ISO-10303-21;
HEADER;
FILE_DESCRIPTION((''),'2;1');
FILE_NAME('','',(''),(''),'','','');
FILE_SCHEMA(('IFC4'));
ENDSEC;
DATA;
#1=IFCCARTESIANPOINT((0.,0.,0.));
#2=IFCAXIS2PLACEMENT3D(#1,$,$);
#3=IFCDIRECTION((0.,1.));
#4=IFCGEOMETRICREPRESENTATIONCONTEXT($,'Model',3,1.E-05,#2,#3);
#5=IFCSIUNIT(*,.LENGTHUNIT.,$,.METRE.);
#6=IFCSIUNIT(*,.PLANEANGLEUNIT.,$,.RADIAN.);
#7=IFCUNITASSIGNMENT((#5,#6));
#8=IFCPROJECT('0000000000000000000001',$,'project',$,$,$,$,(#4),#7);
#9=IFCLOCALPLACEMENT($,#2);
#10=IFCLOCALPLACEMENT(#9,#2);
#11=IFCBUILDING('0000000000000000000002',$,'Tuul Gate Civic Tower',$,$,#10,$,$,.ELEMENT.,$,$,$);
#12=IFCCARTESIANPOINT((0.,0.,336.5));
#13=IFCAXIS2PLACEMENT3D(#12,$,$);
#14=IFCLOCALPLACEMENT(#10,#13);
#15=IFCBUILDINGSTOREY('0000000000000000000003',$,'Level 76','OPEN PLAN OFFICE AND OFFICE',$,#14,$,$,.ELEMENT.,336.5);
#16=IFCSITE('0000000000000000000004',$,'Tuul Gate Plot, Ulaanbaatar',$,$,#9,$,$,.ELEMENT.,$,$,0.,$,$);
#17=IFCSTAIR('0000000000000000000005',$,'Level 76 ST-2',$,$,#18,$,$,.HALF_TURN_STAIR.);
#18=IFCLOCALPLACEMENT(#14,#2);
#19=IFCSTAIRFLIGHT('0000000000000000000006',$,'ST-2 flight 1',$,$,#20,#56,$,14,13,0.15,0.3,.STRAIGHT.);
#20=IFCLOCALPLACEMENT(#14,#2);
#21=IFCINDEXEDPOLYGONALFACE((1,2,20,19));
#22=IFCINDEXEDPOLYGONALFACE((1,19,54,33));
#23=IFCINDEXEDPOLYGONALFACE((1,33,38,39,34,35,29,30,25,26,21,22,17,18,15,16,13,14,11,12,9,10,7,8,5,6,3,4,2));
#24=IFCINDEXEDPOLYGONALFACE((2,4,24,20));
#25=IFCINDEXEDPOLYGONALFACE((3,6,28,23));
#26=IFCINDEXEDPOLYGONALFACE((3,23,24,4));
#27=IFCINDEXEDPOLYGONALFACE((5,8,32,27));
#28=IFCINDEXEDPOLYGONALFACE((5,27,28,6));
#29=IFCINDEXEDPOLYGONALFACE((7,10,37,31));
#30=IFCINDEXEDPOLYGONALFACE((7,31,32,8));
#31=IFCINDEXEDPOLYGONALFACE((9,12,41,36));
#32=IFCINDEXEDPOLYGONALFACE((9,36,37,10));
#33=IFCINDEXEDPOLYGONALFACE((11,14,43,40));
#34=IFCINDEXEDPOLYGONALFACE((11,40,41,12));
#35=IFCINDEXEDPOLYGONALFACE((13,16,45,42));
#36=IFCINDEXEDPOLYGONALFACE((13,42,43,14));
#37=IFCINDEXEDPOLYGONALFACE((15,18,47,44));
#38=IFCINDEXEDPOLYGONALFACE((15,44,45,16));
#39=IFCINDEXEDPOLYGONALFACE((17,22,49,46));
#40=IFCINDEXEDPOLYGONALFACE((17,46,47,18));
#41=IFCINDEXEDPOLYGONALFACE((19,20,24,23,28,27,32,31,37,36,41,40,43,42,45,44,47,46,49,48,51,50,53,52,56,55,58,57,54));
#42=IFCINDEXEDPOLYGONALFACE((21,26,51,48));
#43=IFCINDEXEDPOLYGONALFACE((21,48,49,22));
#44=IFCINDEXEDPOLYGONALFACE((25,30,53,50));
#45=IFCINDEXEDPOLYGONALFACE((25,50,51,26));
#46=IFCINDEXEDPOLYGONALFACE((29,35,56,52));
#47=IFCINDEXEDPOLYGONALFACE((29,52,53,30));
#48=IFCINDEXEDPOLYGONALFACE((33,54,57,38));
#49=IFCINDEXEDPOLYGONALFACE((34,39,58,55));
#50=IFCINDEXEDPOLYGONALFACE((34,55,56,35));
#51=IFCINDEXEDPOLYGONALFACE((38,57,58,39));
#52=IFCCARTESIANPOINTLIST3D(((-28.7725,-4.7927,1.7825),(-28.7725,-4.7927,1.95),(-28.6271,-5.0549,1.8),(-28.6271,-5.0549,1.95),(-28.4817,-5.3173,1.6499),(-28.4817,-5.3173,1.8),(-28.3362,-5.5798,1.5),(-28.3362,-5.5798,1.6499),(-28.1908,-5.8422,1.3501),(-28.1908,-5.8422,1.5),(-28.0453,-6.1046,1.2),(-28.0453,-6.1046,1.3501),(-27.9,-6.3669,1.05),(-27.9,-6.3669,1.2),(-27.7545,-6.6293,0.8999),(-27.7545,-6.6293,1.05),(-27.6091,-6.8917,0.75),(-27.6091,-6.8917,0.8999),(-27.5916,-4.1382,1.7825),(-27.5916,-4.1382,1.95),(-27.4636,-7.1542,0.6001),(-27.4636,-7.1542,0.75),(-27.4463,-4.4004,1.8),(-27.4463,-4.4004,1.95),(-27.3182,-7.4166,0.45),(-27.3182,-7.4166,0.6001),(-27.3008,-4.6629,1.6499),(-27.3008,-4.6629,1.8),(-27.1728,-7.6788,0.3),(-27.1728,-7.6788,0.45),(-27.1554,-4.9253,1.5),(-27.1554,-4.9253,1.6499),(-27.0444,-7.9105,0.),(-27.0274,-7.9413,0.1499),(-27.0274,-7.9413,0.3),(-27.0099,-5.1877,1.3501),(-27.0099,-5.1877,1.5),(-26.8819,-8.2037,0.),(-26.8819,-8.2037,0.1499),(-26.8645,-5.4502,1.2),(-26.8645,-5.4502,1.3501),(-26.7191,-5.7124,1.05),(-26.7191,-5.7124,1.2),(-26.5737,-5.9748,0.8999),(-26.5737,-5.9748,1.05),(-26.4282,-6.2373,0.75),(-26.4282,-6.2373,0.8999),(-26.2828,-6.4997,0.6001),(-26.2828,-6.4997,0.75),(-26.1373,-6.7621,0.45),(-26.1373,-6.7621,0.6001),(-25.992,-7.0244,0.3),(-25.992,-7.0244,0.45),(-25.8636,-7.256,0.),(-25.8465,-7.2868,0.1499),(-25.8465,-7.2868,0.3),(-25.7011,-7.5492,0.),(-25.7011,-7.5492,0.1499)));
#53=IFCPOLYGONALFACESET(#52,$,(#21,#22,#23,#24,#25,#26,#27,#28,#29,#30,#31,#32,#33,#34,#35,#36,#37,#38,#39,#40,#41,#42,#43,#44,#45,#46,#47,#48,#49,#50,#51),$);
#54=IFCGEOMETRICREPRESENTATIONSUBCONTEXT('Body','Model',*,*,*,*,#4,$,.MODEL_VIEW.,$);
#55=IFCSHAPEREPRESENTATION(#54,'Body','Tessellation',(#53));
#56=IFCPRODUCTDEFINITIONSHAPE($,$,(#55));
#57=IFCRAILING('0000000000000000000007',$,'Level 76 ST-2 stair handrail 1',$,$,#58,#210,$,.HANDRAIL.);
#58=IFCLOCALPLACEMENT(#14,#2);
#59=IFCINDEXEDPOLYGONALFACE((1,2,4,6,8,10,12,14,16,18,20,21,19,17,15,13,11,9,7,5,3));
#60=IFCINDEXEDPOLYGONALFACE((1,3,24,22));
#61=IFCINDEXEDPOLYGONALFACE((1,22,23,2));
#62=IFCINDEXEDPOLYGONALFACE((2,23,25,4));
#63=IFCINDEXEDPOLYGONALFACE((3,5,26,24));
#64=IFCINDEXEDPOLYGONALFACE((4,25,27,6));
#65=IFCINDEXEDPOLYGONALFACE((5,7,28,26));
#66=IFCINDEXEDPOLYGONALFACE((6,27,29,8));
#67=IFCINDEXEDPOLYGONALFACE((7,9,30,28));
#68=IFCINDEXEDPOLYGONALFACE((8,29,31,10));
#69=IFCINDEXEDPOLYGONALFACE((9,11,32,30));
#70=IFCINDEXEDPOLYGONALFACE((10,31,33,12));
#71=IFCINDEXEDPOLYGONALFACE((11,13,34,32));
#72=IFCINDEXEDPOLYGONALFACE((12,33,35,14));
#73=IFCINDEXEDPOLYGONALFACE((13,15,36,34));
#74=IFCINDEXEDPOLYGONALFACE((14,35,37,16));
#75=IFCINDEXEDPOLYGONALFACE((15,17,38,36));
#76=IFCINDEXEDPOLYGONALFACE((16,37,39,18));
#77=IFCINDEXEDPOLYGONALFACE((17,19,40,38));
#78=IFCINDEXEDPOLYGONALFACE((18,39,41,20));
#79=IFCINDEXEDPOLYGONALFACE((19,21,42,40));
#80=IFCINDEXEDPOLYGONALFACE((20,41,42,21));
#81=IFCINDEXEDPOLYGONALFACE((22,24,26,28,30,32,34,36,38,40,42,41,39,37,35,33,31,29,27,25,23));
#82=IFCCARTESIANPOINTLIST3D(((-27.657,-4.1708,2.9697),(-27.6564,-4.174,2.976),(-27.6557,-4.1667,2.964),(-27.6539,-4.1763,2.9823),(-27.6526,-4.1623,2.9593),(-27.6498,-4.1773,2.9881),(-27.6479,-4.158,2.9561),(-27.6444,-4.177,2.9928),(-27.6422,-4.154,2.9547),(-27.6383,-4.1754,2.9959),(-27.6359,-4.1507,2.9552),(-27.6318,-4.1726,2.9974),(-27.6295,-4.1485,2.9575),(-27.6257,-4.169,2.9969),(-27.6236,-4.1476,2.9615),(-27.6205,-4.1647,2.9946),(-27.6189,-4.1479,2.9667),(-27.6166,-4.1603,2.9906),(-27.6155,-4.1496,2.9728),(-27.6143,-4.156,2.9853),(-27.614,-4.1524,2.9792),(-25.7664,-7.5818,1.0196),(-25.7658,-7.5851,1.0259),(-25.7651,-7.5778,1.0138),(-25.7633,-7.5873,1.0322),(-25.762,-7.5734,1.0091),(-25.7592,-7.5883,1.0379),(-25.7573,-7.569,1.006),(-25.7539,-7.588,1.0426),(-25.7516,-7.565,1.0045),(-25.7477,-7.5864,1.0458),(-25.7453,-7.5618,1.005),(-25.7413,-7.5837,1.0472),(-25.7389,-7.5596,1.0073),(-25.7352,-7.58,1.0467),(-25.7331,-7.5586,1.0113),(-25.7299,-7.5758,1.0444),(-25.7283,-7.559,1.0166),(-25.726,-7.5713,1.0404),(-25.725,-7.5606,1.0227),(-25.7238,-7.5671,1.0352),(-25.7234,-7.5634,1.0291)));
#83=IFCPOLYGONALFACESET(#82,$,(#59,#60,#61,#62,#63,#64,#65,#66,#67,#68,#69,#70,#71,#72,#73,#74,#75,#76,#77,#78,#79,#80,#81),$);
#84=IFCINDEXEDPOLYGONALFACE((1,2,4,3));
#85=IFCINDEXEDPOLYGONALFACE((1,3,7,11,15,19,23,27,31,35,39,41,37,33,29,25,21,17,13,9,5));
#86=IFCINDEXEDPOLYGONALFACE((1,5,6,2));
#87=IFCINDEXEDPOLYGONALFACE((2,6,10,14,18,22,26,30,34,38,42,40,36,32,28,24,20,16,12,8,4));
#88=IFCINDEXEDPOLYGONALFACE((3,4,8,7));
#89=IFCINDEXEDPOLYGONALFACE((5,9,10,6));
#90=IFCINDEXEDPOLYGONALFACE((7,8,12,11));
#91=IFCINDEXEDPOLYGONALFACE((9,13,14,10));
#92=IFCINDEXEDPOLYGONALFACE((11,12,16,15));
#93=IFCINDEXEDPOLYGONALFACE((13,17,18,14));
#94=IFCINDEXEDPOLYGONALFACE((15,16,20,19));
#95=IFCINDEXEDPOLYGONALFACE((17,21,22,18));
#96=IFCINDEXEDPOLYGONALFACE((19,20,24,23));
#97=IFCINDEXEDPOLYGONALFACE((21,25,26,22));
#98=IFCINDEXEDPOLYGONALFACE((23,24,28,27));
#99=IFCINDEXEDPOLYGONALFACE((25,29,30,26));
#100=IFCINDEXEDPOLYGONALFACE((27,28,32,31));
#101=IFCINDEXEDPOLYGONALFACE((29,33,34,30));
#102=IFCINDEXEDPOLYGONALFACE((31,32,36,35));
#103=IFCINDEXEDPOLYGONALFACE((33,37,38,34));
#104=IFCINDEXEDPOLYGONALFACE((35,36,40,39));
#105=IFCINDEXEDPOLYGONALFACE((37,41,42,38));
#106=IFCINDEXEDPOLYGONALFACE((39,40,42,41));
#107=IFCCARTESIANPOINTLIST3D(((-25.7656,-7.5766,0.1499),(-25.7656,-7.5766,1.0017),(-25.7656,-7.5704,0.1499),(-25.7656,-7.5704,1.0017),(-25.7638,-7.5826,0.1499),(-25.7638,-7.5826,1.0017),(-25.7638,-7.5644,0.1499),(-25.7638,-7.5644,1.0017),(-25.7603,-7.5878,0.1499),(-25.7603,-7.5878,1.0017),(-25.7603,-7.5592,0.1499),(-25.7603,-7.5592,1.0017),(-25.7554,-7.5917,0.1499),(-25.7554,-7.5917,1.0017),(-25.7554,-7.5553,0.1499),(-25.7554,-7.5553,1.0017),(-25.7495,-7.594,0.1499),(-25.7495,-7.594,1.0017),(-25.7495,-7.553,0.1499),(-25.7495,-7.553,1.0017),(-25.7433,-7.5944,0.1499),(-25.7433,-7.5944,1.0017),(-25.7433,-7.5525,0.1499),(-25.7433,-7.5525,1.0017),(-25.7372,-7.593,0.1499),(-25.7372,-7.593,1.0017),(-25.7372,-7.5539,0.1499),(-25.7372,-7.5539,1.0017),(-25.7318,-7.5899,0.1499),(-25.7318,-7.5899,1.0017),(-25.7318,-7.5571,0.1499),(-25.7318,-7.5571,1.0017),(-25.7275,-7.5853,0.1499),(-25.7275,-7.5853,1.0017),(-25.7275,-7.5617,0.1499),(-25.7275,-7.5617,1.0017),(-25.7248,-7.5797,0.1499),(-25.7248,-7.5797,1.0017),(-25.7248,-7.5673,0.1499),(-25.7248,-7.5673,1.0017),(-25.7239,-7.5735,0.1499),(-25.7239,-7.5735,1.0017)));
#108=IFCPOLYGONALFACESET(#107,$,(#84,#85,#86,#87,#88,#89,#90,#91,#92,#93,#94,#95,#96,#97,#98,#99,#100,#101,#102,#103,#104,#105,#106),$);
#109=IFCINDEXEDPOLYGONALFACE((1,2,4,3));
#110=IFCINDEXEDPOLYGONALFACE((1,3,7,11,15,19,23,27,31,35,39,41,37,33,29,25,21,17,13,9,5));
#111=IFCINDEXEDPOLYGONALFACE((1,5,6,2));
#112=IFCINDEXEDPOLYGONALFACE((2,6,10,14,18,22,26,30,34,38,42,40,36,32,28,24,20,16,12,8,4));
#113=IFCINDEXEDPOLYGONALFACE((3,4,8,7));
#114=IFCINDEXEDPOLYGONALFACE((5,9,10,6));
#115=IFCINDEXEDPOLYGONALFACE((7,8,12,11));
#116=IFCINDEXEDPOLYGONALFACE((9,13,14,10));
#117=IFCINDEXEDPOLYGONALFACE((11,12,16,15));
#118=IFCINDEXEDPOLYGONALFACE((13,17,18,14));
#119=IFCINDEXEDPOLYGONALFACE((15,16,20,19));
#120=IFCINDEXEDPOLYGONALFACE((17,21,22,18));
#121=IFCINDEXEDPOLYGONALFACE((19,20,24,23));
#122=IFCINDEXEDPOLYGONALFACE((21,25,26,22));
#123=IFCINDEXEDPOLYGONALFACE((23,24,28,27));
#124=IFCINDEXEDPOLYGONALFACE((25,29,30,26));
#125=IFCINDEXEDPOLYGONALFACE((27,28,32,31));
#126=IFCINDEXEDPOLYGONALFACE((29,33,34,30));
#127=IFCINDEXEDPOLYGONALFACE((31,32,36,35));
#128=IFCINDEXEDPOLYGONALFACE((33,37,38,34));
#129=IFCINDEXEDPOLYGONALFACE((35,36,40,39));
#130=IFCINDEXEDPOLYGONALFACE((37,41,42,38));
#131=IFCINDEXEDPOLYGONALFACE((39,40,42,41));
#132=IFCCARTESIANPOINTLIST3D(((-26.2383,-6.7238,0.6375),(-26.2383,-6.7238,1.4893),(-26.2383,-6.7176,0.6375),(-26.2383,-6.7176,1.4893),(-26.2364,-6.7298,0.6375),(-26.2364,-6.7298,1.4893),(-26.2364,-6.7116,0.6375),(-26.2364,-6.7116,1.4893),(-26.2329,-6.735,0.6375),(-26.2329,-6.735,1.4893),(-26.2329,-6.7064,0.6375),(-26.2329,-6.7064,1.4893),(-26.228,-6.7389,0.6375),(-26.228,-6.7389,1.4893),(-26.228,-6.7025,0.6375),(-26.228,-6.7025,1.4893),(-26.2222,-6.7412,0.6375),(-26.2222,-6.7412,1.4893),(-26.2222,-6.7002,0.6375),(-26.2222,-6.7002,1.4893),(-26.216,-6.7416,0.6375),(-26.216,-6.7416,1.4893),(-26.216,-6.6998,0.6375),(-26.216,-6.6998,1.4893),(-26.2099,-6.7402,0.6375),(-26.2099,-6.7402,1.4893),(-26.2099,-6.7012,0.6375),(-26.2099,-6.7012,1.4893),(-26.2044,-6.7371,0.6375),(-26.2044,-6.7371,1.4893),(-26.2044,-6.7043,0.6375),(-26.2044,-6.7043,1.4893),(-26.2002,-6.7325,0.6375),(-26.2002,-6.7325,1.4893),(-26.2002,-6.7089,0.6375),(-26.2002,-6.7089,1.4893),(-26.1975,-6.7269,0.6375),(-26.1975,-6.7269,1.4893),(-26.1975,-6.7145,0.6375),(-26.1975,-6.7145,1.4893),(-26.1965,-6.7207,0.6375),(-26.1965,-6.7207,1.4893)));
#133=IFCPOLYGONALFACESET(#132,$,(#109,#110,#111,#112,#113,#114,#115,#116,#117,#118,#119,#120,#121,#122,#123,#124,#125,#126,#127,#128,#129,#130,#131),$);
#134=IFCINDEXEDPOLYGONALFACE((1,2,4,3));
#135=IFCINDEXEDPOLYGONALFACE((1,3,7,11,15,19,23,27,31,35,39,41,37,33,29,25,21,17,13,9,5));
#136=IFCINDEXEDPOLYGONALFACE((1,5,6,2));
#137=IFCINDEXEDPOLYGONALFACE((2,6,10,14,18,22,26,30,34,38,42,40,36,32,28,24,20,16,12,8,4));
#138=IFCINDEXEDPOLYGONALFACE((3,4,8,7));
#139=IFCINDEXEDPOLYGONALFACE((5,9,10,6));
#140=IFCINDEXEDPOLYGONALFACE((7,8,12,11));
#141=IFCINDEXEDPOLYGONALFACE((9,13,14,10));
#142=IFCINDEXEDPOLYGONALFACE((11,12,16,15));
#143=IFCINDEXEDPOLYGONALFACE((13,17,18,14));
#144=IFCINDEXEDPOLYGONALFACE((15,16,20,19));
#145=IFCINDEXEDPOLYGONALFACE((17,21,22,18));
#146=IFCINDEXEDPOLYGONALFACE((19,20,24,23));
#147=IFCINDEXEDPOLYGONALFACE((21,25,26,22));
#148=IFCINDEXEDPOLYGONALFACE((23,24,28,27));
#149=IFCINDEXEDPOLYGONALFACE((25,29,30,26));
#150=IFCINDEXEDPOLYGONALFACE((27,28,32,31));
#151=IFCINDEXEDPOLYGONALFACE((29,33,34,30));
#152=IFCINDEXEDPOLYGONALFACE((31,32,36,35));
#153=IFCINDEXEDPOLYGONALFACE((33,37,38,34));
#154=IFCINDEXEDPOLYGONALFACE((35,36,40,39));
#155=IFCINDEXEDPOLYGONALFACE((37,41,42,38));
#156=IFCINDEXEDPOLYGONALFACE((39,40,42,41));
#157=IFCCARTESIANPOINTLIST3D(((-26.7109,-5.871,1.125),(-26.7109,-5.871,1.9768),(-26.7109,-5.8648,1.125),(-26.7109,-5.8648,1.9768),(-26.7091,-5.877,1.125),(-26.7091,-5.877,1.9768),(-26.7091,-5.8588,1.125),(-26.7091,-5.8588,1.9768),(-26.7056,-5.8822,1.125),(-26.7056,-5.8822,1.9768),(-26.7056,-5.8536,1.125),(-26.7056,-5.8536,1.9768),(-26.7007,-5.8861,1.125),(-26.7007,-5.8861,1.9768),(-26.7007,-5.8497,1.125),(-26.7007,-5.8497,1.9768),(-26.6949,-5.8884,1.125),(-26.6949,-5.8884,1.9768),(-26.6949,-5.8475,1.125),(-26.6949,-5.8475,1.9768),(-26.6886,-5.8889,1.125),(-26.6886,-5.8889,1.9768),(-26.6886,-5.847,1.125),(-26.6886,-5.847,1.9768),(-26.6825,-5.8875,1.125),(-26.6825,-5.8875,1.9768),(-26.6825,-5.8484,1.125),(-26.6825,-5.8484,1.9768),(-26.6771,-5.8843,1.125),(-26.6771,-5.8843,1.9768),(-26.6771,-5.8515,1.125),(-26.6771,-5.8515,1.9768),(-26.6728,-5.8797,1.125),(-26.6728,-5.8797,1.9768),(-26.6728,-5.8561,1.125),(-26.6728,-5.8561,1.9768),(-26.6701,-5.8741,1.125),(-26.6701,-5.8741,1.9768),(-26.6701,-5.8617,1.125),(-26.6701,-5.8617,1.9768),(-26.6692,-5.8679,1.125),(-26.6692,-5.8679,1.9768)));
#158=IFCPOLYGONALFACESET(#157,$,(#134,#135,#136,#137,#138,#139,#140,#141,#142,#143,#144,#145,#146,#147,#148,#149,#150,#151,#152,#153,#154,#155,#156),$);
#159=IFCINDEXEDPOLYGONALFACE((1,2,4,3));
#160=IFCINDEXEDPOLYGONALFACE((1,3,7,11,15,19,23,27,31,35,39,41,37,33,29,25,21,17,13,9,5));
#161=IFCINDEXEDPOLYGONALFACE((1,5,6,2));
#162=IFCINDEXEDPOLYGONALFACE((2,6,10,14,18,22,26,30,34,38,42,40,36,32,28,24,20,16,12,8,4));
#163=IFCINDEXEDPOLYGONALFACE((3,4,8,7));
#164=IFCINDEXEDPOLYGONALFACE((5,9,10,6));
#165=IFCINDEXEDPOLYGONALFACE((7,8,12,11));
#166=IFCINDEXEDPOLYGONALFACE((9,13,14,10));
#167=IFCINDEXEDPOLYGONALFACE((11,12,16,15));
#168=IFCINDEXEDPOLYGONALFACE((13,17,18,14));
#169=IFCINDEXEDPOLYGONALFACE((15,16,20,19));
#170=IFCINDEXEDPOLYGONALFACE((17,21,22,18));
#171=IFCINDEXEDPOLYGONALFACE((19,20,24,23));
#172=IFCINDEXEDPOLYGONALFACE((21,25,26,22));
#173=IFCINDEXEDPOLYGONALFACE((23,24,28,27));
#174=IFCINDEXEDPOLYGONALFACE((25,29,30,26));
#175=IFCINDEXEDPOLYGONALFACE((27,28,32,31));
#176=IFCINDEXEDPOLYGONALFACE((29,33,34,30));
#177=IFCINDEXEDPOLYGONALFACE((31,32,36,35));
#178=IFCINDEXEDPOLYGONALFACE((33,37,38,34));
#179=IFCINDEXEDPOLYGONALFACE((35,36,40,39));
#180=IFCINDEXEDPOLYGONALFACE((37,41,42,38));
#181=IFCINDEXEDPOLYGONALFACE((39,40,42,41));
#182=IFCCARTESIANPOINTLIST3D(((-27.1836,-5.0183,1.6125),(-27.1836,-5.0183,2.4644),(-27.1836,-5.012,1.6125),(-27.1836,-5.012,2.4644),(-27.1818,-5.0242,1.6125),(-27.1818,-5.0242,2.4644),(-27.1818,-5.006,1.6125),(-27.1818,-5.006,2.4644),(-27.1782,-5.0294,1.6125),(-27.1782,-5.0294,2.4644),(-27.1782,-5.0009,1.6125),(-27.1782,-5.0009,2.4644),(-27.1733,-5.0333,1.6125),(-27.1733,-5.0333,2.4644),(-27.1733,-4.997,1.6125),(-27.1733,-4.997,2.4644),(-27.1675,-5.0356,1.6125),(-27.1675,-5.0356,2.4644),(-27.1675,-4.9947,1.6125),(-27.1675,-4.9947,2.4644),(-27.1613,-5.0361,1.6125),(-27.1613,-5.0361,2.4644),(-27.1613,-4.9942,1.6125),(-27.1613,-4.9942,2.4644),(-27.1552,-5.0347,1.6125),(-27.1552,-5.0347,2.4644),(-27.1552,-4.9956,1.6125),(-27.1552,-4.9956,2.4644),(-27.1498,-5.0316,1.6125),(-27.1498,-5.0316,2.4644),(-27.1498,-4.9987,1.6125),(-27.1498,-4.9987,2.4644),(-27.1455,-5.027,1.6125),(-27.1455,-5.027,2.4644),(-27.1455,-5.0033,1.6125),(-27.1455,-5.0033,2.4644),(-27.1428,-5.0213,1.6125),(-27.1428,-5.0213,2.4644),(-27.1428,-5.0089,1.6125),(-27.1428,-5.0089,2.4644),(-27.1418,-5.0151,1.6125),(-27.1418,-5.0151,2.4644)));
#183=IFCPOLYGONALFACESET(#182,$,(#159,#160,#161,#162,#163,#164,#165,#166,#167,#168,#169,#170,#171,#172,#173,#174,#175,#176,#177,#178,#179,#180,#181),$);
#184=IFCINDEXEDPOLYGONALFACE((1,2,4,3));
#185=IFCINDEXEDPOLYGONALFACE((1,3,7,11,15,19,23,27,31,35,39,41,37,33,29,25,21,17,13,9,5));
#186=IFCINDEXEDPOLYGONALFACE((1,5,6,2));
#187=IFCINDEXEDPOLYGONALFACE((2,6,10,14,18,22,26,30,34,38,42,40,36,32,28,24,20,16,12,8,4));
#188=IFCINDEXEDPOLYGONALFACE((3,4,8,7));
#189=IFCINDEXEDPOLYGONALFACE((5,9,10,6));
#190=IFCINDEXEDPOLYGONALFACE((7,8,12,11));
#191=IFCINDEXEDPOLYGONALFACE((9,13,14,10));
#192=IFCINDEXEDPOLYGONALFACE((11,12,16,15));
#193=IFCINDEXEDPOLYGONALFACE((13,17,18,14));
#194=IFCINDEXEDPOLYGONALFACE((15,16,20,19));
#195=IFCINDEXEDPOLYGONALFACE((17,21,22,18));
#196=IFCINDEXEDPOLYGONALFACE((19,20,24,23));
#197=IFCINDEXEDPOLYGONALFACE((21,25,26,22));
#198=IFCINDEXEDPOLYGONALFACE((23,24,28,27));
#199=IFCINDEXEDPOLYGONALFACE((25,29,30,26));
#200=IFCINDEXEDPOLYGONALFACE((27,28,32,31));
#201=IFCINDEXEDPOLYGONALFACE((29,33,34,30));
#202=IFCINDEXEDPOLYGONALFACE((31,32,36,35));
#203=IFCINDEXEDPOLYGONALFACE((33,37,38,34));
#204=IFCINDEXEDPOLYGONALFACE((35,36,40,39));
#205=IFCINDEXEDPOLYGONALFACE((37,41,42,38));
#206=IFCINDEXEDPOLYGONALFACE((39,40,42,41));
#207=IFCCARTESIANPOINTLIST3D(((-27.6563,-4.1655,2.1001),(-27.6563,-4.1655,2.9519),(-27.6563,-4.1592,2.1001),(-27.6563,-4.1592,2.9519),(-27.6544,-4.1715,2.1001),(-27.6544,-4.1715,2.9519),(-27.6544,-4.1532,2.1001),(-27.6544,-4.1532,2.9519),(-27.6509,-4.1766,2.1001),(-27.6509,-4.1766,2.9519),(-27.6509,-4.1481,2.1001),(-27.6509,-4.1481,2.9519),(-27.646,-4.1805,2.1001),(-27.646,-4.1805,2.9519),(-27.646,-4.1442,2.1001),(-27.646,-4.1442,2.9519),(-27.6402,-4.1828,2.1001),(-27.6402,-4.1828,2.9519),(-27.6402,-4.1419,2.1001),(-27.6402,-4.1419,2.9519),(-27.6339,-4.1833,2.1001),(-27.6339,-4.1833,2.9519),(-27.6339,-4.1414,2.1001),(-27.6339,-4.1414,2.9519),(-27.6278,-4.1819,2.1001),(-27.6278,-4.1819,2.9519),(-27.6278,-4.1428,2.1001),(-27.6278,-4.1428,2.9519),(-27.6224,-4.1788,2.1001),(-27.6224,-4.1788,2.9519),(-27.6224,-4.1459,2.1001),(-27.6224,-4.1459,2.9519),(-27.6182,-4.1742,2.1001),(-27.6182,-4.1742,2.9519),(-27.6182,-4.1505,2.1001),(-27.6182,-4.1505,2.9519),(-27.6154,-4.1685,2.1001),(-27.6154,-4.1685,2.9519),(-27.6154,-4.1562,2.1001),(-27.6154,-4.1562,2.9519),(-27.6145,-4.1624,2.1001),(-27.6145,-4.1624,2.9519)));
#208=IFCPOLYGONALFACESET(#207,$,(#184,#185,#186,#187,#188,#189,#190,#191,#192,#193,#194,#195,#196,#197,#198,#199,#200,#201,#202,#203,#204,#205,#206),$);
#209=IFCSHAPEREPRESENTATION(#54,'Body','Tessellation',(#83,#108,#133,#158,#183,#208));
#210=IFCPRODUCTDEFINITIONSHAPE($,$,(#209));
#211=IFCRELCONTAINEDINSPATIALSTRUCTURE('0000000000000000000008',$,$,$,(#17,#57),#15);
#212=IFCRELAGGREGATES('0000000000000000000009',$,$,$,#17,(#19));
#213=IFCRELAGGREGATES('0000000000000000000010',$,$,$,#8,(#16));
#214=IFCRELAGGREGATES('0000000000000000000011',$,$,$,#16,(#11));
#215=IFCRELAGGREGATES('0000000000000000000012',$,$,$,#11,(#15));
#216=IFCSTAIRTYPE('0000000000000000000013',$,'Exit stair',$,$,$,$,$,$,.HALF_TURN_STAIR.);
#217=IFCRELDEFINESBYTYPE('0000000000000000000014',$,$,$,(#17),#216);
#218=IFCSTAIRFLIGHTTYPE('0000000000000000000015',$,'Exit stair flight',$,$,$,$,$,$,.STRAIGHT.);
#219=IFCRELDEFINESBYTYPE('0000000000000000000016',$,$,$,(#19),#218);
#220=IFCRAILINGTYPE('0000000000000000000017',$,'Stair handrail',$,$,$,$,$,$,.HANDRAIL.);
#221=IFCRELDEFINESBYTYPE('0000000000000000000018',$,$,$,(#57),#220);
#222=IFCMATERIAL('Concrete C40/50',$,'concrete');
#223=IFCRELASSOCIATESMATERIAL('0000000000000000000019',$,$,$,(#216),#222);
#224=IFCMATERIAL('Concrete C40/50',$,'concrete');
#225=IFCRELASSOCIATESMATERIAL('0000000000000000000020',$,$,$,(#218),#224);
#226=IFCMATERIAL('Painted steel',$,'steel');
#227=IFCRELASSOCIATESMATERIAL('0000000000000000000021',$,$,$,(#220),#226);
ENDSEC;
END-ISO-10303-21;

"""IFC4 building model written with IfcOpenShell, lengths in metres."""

from ifc_helpers import new_model, si_unit, direction, frame, origin, origin_2d, place, context, subcontext, project, spatial, polyline, circle, outline, extrude, material, type_object, element, aggregate, save


model = new_model("IFC4")

# Units and contexts
model_context = context("Model", 3, precision=1e-05, world=origin(), true_north=direction((0.0, 1.0)))
body_context = subcontext(model_context, "Body", "Model", "MODEL_VIEW")
ifc_project = project(units=[si_unit("LENGTHUNIT", "METRE"), si_unit("PLANEANGLEUNIT", "RADIAN")], contexts=[model_context])

# Site, building, storey
site_placement = place(None, origin())
site = spatial("IfcSite", under=ifc_project, at=site_placement, Name="Tuul Gate Plot, Ulaanbaatar", CompositionType="ELEMENT", RefElevation=0.0)
building_placement = place(site_placement, origin())
building = spatial("IfcBuilding", under=site, at=building_placement, Name="Tuul Gate Civic Tower", CompositionType="ELEMENT")
storey_placement = place(building_placement, frame((0.0, 0.0, 336.5)))
storey = spatial("IfcBuildingStorey", under=building, at=storey_placement, Name="Level 76", Description="OPEN PLAN OFFICE AND OFFICE", CompositionType="ELEMENT", Elevation=336.5)

# Stair, stair flight
ifc_material_1 = material(Name="Concrete C40/50", Category="concrete")
stair_type = type_object("IfcStairType", Name="Exit stair", PredefinedType="HALF_TURN_STAIR", material=ifc_material_1)
stair_placement = place(storey_placement, origin())
stair = element("IfcStair", 1, at=stair_placement, inside=storey, type_object=stair_type, Name="Level 76 ST-2", PredefinedType="HALF_TURN_STAIR")
ifc_material_2 = material(Name="Concrete C40/50", Category="concrete")
stair_flight_type = type_object("IfcStairFlightType", Name="Exit stair flight", PredefinedType="STRAIGHT", material=ifc_material_2)
stair_flight_placement = place(storey_placement, frame((-26.2915, -7.8765, 0.0), z_axis=(0.0, 0.0, 1.0), x_axis=(-0.484762, 0.874646, 0.0)))
stair_flight = element("IfcStairFlight", 2, at=stair_flight_placement, type_object=stair_flight_type, Name="ST-2 flight 1", NumberOfRisers=14, NumberOfTreads=13, PredefinedType="STRAIGHT", RiserHeight=0.15, TreadLength=0.3, context=body_context, shape_type="SweptSolid", body=[
    extrude(outline(polyline([(0.0, 0.0), (0.0, 0.1499), (0.3, 0.1499), (0.3, 0.3), (0.6001, 0.3), (0.6001, 0.45), (0.8999, 0.45), (0.8999, 0.6001), (1.2, 0.6001), (1.2, 0.75), (1.5, 0.75), (1.5, 0.8999), (1.8, 0.8999), (1.8, 1.05), (2.1001, 1.05), (2.1001, 1.2), (2.3999, 1.2), (2.3999, 1.3501), (2.7, 1.3501), (2.7, 1.5), (3.0, 1.5), (3.0, 1.6499), (3.3, 1.6499), (3.3, 1.8), (3.6001, 1.8), (3.6001, 1.95), (3.8999, 1.95), (3.8999, 2.1001), (3.8999, 1.7825), (0.3352, 0.0), (0.0, 0.0)])), frame((0.0, 0.675, 0.0), z_axis=(0.0, -1.0, 0.0), x_axis=(1.0, 0.0, 0.0)), (0.0, 0.0, 1.0), 1.3501),
])
aggregate(stair, [stair_flight])

# Railing
ifc_material_3 = material(Name="Painted steel", Category="steel")
railing_type_1 = type_object("IfcRailingType", Name="Stair handrail", PredefinedType="HANDRAIL", material=ifc_material_3)
railing_1_placement = place(storey_placement, frame((-25.7449, -7.5735, 0.1499)))
element("IfcRailing", 3, at=railing_1_placement, inside=storey, type_object=railing_type_1, Name="Level 76 ST-2 stair handrail 1", PredefinedType="HANDRAIL", context=body_context, shape_type="SweptSolid", body=[
    extrude(circle(Radius=0.0239, at=origin_2d()), frame((0.0, 0.0, 0.876), z_axis=(-0.433585, 0.782289, 0.447246), x_axis=(-0.874641, -0.484771, 0.0)), (0.0, 0.0, 1.0), 4.3604),
    extrude(circle(Radius=0.021, at=origin_2d()), origin(), (0.0, 0.0, 1.0), 0.8518),
    extrude(circle(Radius=0.021, at=origin_2d()), frame((-0.4727, 0.8528, 0.4875)), (0.0, 0.0, 1.0), 0.8518),
    extrude(circle(Radius=0.021, at=origin_2d()), frame((-0.9453, 1.7056, 0.9751)), (0.0, 0.0, 1.0), 0.8518),
    extrude(circle(Radius=0.021, at=origin_2d()), frame((-1.418, 2.5583, 1.4626)), (0.0, 0.0, 1.0), 0.8518),
    extrude(circle(Radius=0.021, at=origin_2d()), frame((-1.8906, 3.4111, 1.9502)), (0.0, 0.0, 1.0), 0.8518),
])

save(model, "model.ifc")
